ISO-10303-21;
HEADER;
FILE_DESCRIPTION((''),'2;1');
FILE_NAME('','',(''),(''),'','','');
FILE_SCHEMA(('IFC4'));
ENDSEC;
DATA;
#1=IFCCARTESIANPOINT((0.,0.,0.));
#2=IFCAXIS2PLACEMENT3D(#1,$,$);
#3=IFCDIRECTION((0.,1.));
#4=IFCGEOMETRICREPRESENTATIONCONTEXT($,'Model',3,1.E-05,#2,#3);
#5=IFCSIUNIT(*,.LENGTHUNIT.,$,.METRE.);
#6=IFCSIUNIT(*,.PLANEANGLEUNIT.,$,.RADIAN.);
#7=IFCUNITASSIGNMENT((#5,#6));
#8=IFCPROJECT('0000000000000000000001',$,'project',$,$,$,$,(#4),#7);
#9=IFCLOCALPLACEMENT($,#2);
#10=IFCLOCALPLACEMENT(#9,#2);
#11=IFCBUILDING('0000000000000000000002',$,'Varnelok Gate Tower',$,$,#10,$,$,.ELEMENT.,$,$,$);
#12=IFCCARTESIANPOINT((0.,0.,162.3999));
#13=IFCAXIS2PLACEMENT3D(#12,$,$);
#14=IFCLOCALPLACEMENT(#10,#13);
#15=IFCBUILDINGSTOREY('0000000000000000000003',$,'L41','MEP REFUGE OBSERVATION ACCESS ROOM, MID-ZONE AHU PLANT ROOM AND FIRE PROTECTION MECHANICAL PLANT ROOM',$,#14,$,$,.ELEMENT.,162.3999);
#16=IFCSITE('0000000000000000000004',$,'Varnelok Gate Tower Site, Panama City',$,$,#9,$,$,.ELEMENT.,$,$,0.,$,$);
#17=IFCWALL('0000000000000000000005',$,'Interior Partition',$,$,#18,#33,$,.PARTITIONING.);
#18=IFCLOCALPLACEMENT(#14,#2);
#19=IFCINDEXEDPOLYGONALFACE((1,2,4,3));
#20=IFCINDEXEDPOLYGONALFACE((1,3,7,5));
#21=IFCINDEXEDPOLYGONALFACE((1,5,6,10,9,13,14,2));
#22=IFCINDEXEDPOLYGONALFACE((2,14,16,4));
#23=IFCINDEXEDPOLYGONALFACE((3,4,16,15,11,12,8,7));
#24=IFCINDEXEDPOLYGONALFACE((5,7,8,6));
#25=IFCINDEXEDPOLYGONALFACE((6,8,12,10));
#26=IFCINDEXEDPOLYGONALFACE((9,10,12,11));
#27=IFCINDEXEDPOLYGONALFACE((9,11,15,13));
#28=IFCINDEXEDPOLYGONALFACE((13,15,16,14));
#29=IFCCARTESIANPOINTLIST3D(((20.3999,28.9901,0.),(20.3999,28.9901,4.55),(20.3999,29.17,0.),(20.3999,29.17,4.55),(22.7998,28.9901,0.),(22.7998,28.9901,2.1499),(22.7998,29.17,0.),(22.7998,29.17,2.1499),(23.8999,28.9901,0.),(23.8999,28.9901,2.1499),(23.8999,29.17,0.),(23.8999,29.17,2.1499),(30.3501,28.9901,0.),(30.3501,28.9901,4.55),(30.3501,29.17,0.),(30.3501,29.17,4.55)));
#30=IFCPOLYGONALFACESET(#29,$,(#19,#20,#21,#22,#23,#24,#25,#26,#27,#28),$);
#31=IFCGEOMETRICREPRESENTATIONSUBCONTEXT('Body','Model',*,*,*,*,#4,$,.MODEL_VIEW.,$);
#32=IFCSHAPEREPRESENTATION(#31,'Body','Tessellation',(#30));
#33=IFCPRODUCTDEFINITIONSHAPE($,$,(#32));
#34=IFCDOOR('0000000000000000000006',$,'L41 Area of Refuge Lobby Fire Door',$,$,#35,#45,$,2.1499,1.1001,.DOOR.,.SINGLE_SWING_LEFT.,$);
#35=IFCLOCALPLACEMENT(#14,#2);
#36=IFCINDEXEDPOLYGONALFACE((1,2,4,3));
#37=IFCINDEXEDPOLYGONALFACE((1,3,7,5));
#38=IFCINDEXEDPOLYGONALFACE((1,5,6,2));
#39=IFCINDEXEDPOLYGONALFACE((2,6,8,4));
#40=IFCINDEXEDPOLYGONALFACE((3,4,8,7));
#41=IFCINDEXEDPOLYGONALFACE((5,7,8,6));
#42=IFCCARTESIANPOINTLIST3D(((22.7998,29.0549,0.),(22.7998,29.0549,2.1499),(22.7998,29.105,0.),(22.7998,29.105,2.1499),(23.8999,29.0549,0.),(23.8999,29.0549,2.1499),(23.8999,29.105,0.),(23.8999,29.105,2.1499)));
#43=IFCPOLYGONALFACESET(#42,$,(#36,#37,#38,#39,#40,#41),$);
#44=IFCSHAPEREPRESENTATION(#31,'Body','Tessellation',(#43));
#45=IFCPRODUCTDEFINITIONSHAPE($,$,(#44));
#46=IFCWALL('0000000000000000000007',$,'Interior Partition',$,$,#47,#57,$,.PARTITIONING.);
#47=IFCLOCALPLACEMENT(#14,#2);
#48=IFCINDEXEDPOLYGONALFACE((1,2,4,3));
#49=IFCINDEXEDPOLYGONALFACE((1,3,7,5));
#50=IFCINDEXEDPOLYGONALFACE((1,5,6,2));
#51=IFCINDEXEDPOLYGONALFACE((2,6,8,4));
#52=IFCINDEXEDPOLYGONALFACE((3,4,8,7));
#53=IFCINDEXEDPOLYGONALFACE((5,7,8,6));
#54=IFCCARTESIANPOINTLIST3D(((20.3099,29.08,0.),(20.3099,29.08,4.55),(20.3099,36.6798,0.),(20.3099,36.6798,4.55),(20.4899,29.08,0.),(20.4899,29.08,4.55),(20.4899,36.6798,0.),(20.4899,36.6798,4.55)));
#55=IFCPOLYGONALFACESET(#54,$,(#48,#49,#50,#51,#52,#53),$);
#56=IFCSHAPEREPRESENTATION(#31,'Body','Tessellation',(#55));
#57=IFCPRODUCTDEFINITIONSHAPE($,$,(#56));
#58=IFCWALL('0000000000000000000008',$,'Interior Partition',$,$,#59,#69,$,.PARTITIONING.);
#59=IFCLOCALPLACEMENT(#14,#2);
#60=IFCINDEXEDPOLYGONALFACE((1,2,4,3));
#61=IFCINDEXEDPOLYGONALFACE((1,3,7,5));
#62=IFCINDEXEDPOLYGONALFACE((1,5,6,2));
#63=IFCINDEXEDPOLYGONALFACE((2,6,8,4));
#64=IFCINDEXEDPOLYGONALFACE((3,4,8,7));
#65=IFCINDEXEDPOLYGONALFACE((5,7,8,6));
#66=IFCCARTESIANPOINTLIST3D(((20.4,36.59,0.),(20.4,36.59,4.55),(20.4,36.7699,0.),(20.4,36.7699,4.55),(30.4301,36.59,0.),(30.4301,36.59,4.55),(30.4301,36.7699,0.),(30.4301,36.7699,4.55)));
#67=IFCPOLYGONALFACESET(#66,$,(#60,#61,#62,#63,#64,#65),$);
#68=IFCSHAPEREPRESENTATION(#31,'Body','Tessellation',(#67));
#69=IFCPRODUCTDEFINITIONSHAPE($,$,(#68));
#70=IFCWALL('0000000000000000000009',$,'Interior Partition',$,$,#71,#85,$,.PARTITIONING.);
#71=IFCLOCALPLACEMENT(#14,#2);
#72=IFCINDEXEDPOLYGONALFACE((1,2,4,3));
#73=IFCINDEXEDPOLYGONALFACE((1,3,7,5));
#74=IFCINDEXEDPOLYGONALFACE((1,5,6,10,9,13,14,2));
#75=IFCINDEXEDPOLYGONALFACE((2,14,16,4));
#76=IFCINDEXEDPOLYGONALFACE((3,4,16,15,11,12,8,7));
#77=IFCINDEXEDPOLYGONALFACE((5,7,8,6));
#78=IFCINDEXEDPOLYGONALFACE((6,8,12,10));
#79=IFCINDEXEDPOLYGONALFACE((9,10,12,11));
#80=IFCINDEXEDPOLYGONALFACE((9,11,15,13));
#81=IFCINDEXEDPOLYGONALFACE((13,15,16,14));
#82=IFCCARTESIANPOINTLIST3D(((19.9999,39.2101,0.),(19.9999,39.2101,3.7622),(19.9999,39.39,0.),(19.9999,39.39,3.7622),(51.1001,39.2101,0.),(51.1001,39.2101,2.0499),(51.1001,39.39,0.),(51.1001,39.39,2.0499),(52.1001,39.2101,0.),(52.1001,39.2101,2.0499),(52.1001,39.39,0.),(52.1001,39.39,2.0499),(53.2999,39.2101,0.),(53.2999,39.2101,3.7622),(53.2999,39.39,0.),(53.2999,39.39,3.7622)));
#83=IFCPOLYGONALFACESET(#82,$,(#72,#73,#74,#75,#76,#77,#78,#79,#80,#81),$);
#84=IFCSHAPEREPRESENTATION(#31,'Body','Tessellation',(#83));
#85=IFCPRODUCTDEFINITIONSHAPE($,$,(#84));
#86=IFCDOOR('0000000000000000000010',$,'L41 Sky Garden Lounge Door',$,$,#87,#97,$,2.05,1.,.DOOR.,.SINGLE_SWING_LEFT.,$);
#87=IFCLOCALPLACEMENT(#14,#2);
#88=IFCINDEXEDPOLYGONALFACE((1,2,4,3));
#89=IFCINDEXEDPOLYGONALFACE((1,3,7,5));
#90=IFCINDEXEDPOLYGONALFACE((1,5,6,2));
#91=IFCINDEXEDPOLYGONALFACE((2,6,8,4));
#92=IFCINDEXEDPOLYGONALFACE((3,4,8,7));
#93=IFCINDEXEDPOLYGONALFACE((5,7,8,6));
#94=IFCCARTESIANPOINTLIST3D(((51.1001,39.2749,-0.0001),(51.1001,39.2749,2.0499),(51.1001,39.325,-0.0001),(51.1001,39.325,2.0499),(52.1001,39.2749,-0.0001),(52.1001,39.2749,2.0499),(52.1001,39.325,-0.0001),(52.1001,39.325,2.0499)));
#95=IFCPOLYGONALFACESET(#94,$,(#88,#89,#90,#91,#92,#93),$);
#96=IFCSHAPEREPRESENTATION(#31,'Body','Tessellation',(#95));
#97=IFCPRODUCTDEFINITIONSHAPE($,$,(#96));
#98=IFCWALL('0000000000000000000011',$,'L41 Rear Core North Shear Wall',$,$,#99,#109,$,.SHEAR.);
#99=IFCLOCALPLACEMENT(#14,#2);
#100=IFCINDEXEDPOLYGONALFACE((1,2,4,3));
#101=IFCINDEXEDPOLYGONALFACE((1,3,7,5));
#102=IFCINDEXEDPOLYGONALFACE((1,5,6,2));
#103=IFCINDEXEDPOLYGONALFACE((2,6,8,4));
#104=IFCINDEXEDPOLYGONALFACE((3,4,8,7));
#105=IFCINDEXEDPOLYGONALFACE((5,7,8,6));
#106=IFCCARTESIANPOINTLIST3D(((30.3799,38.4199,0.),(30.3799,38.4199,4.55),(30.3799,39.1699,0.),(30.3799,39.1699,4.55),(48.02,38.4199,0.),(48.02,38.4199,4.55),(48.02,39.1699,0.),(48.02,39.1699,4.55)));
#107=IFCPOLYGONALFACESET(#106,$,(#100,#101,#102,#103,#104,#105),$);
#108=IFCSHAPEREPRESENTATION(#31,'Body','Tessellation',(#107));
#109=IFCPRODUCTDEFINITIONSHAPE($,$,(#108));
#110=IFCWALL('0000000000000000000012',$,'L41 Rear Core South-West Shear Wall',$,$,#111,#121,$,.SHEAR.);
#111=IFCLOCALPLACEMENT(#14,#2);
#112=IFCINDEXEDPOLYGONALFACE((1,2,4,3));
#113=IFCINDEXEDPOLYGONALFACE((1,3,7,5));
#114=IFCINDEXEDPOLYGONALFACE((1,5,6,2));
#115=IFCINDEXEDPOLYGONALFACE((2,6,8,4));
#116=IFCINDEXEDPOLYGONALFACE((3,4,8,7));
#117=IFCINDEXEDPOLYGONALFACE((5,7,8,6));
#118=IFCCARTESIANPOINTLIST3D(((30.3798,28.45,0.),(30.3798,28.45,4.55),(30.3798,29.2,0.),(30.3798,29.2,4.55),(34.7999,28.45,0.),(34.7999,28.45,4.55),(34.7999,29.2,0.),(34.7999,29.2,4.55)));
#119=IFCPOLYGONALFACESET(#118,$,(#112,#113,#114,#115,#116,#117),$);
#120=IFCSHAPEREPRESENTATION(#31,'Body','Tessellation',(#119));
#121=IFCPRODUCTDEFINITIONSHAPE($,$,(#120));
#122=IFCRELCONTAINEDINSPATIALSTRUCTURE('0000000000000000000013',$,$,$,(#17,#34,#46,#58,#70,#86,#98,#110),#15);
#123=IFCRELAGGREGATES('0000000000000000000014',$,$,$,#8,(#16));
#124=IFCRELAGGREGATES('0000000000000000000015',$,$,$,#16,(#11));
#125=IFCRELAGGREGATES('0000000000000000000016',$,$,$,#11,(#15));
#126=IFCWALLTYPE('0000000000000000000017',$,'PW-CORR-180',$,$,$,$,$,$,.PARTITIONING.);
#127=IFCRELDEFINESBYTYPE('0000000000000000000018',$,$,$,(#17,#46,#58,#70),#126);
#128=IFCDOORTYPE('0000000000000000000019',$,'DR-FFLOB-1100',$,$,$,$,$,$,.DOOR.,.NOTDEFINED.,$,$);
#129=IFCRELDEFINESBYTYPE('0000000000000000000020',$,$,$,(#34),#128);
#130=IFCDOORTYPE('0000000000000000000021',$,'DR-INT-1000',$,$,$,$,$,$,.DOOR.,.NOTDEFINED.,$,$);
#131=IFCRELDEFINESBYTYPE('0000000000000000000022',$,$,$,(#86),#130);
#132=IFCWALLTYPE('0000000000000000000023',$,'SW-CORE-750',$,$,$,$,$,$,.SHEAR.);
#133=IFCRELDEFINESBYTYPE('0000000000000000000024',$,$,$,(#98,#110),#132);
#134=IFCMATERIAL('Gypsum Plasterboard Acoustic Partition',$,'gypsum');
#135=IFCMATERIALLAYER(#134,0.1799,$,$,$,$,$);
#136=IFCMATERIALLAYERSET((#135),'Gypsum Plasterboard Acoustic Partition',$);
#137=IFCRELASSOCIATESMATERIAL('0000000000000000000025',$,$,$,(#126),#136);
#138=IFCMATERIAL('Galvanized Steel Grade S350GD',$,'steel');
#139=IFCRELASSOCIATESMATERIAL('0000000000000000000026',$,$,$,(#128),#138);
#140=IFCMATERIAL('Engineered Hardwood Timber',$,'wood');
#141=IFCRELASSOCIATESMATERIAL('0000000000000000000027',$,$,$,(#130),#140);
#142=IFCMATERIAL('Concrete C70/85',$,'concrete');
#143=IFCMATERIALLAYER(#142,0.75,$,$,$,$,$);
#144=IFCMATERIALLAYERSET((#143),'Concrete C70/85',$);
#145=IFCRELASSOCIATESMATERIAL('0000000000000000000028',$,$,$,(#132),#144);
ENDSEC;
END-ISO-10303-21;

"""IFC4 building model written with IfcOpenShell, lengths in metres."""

from ifc_helpers import new_model, si_unit, direction, frame, frame_2d, origin, place, context, subcontext, project, spatial, rectangle, extrude, material, layer, layer_set, type_object, element, fill, save


model = new_model("IFC4")

# Units and contexts
model_context = context("Model", 3, precision=1e-05, world=origin(), true_north=direction((0.0, 1.0)))
body_context = subcontext(model_context, "Body", "Model", "MODEL_VIEW")
ifc_project = project(units=[si_unit("LENGTHUNIT", "METRE"), si_unit("PLANEANGLEUNIT", "RADIAN")], contexts=[model_context])

# Site, building, storey
site_placement = place(None, origin())
site = spatial("IfcSite", under=ifc_project, at=site_placement, Name="Varnelok Gate Tower Site, Panama City", CompositionType="ELEMENT", RefElevation=0.0)
building_placement = place(site_placement, origin())
building = spatial("IfcBuilding", under=site, at=building_placement, Name="Varnelok Gate Tower", CompositionType="ELEMENT")
storey_placement = place(building_placement, frame((0.0, 0.0, 162.3999)))
storey = spatial("IfcBuildingStorey", under=building, at=storey_placement, Name="L41", Description="MEP REFUGE OBSERVATION ACCESS ROOM, MID-ZONE AHU PLANT ROOM AND FIRE PROTECTION MECHANICAL PLANT ROOM", CompositionType="ELEMENT", Elevation=162.3999)

# Wall, opening, door
ifc_material_1 = material(Name="Gypsum Plasterboard Acoustic Partition", Category="gypsum")
ifc_layer_1 = layer(ifc_material_1, 0.1799)
ifc_layer_set_1 = layer_set([ifc_layer_1], Name="Gypsum Plasterboard Acoustic Partition")
wall_type_1 = type_object("IfcWallType", Name="PW-CORR-180", PredefinedType="PARTITIONING", material=ifc_layer_set_1)
wall_1_placement = place(storey_placement, frame((20.3999, 29.0801, 0.0), z_axis=(0.0, 0.0, 1.0), x_axis=(1.0, 0.0, 0.0)))
wall_1 = element("IfcWall", 1, at=wall_1_placement, inside=storey, type_object=wall_type_1, Name="Interior Partition", PredefinedType="PARTITIONING", context=body_context, shape_type="SweptSolid", body=[
    extrude(rectangle(XDim=9.9502, YDim=0.1799, at=frame_2d((4.9751, 0.0))), origin(), (0.0, 0.0, 1.0), 4.55),
])
opening_1_placement = place(wall_1_placement, frame((2.3999, 0.0, 0.0)))
opening_1 = element("IfcOpeningElement", 2, at=opening_1_placement, cuts=wall_1, PredefinedType="OPENING", context=body_context, shape_type="SweptSolid", body=[
    extrude(rectangle(XDim=1.1001, YDim=2.1499, at=frame_2d((0.55, 1.075))), frame((0.0, 0.0999, 0.0), z_axis=(0.0, -1.0, 0.0), x_axis=(1.0, 0.0, 0.0)), (0.0, 0.0, 1.0), 0.2),
])
ifc_material_2 = material(Name="Galvanized Steel Grade S350GD", Category="steel")
door_type_1 = type_object("IfcDoorType", Name="DR-FFLOB-1100", OperationType="NOTDEFINED", PredefinedType="DOOR", material=ifc_material_2)
door_1_placement = place(opening_1_placement, origin())
door_1 = element("IfcDoor", 3, at=door_1_placement, inside=storey, type_object=door_type_1, Name="L41 Area of Refuge Lobby Fire Door", OperationType="SINGLE_SWING_LEFT", OverallHeight=2.1499, OverallWidth=1.1001, PredefinedType="DOOR", context=body_context, shape_type="SweptSolid", body=[
    extrude(rectangle(XDim=1.1001, YDim=2.1499, at=frame_2d((0.55, 1.075))), frame((0.0, 0.0249, 0.0), z_axis=(0.0, -1.0, 0.0), x_axis=(1.0, 0.0, 0.0)), (0.0, 0.0, 1.0), 0.05),
])
fill(opening_1, door_1)

# Walls
wall_2_placement = place(storey_placement, frame((20.3999, 29.0801, 0.0), z_axis=(0.0, 0.0, 1.0), x_axis=(0.0, 1.0, 0.0)))
element("IfcWall", 4, at=wall_2_placement, inside=storey, type_object=wall_type_1, Name="Interior Partition", PredefinedType="PARTITIONING", context=body_context, shape_type="SweptSolid", body=[
    extrude(rectangle(XDim=7.5999, YDim=0.1799, at=frame_2d((3.7998, 0.0))), origin(), (0.0, 0.0, 1.0), 4.55),
])
wall_3_placement = place(storey_placement, frame((20.3999, 36.6799, 0.0), z_axis=(0.0, 0.0, 1.0), x_axis=(1.0, 0.0, 0.0)))
element("IfcWall", 5, at=wall_3_placement, inside=storey, type_object=wall_type_1, Name="Interior Partition", PredefinedType="PARTITIONING", context=body_context, shape_type="SweptSolid", body=[
    extrude(rectangle(XDim=10.03, YDim=0.1799, at=frame_2d((5.0151, 0.0))), origin(), (0.0, 0.0, 1.0), 4.55),
])

# Wall, opening, door
wall_4_placement = place(storey_placement, frame((20.0, 39.3, 0.0), z_axis=(0.0, 0.0, 1.0), x_axis=(1.0, 0.0, 0.0)))
wall_4 = element("IfcWall", 6, at=wall_4_placement, inside=storey, type_object=wall_type_1, Name="Interior Partition", PredefinedType="PARTITIONING", context=body_context, shape_type="SweptSolid", body=[
    extrude(rectangle(XDim=33.3, YDim=0.1799, at=frame_2d((16.6499, 0.0))), origin(), (0.0, 0.0, 1.0), 3.7622),
])
opening_2_placement = place(wall_4_placement, frame((31.1001, 0.0, 0.0)))
opening_2 = element("IfcOpeningElement", 7, at=opening_2_placement, cuts=wall_4, PredefinedType="OPENING", context=body_context, shape_type="SweptSolid", body=[
    extrude(rectangle(XDim=1.0, YDim=2.05, at=frame_2d((0.5, 1.0249))), frame((0.0, 0.0999, 0.0), z_axis=(0.0, -1.0, 0.0), x_axis=(1.0, 0.0, 0.0)), (0.0, 0.0, 1.0), 0.2),
])
ifc_material_3 = material(Name="Engineered Hardwood Timber", Category="wood")
door_type_2 = type_object("IfcDoorType", Name="DR-INT-1000", OperationType="NOTDEFINED", PredefinedType="DOOR", material=ifc_material_3)
door_2_placement = place(opening_2_placement, origin())
door_2 = element("IfcDoor", 8, at=door_2_placement, inside=storey, type_object=door_type_2, Name="L41 Sky Garden Lounge Door", OperationType="SINGLE_SWING_LEFT", OverallHeight=2.05, OverallWidth=1.0, PredefinedType="DOOR", context=body_context, shape_type="SweptSolid", body=[
    extrude(rectangle(XDim=1.0, YDim=2.05, at=frame_2d((0.5, 1.0249))), frame((0.0, 0.0249, 0.0), z_axis=(0.0, -1.0, 0.0), x_axis=(1.0, 0.0, 0.0)), (0.0, 0.0, 1.0), 0.05),
])
fill(opening_2, door_2)

# Walls
ifc_material_4 = material(Name="Concrete C70/85", Category="concrete")
ifc_layer_2 = layer(ifc_material_4, 0.75)
ifc_layer_set_2 = layer_set([ifc_layer_2], Name="Concrete C70/85")
wall_type_2 = type_object("IfcWallType", Name="SW-CORE-750", PredefinedType="SHEAR", material=ifc_layer_set_2)
wall_5_placement = place(storey_placement, frame((30.3799, 38.7949, 0.0), z_axis=(0.0, 0.0, 1.0), x_axis=(1.0, 0.0, 0.0)))
element("IfcWall", 9, at=wall_5_placement, inside=storey, type_object=wall_type_2, Name="L41 Rear Core North Shear Wall", PredefinedType="SHEAR", context=body_context, shape_type="SweptSolid", body=[
    extrude(rectangle(XDim=17.6401, YDim=0.75, at=frame_2d((8.8201, 0.0))), origin(), (0.0, 0.0, 1.0), 4.55),
])
wall_6_placement = place(storey_placement, frame((30.3799, 28.825, 0.0), z_axis=(0.0, 0.0, 1.0), x_axis=(1.0, 0.0, 0.0)))
element("IfcWall", 10, at=wall_6_placement, inside=storey, type_object=wall_type_2, Name="L41 Rear Core South-West Shear Wall", PredefinedType="SHEAR", context=body_context, shape_type="SweptSolid", body=[
    extrude(rectangle(XDim=4.4202, YDim=0.75, at=frame_2d((2.21, 0.0))), origin(), (0.0, 0.0, 1.0), 4.55),
])

save(model, "model.ifc")
